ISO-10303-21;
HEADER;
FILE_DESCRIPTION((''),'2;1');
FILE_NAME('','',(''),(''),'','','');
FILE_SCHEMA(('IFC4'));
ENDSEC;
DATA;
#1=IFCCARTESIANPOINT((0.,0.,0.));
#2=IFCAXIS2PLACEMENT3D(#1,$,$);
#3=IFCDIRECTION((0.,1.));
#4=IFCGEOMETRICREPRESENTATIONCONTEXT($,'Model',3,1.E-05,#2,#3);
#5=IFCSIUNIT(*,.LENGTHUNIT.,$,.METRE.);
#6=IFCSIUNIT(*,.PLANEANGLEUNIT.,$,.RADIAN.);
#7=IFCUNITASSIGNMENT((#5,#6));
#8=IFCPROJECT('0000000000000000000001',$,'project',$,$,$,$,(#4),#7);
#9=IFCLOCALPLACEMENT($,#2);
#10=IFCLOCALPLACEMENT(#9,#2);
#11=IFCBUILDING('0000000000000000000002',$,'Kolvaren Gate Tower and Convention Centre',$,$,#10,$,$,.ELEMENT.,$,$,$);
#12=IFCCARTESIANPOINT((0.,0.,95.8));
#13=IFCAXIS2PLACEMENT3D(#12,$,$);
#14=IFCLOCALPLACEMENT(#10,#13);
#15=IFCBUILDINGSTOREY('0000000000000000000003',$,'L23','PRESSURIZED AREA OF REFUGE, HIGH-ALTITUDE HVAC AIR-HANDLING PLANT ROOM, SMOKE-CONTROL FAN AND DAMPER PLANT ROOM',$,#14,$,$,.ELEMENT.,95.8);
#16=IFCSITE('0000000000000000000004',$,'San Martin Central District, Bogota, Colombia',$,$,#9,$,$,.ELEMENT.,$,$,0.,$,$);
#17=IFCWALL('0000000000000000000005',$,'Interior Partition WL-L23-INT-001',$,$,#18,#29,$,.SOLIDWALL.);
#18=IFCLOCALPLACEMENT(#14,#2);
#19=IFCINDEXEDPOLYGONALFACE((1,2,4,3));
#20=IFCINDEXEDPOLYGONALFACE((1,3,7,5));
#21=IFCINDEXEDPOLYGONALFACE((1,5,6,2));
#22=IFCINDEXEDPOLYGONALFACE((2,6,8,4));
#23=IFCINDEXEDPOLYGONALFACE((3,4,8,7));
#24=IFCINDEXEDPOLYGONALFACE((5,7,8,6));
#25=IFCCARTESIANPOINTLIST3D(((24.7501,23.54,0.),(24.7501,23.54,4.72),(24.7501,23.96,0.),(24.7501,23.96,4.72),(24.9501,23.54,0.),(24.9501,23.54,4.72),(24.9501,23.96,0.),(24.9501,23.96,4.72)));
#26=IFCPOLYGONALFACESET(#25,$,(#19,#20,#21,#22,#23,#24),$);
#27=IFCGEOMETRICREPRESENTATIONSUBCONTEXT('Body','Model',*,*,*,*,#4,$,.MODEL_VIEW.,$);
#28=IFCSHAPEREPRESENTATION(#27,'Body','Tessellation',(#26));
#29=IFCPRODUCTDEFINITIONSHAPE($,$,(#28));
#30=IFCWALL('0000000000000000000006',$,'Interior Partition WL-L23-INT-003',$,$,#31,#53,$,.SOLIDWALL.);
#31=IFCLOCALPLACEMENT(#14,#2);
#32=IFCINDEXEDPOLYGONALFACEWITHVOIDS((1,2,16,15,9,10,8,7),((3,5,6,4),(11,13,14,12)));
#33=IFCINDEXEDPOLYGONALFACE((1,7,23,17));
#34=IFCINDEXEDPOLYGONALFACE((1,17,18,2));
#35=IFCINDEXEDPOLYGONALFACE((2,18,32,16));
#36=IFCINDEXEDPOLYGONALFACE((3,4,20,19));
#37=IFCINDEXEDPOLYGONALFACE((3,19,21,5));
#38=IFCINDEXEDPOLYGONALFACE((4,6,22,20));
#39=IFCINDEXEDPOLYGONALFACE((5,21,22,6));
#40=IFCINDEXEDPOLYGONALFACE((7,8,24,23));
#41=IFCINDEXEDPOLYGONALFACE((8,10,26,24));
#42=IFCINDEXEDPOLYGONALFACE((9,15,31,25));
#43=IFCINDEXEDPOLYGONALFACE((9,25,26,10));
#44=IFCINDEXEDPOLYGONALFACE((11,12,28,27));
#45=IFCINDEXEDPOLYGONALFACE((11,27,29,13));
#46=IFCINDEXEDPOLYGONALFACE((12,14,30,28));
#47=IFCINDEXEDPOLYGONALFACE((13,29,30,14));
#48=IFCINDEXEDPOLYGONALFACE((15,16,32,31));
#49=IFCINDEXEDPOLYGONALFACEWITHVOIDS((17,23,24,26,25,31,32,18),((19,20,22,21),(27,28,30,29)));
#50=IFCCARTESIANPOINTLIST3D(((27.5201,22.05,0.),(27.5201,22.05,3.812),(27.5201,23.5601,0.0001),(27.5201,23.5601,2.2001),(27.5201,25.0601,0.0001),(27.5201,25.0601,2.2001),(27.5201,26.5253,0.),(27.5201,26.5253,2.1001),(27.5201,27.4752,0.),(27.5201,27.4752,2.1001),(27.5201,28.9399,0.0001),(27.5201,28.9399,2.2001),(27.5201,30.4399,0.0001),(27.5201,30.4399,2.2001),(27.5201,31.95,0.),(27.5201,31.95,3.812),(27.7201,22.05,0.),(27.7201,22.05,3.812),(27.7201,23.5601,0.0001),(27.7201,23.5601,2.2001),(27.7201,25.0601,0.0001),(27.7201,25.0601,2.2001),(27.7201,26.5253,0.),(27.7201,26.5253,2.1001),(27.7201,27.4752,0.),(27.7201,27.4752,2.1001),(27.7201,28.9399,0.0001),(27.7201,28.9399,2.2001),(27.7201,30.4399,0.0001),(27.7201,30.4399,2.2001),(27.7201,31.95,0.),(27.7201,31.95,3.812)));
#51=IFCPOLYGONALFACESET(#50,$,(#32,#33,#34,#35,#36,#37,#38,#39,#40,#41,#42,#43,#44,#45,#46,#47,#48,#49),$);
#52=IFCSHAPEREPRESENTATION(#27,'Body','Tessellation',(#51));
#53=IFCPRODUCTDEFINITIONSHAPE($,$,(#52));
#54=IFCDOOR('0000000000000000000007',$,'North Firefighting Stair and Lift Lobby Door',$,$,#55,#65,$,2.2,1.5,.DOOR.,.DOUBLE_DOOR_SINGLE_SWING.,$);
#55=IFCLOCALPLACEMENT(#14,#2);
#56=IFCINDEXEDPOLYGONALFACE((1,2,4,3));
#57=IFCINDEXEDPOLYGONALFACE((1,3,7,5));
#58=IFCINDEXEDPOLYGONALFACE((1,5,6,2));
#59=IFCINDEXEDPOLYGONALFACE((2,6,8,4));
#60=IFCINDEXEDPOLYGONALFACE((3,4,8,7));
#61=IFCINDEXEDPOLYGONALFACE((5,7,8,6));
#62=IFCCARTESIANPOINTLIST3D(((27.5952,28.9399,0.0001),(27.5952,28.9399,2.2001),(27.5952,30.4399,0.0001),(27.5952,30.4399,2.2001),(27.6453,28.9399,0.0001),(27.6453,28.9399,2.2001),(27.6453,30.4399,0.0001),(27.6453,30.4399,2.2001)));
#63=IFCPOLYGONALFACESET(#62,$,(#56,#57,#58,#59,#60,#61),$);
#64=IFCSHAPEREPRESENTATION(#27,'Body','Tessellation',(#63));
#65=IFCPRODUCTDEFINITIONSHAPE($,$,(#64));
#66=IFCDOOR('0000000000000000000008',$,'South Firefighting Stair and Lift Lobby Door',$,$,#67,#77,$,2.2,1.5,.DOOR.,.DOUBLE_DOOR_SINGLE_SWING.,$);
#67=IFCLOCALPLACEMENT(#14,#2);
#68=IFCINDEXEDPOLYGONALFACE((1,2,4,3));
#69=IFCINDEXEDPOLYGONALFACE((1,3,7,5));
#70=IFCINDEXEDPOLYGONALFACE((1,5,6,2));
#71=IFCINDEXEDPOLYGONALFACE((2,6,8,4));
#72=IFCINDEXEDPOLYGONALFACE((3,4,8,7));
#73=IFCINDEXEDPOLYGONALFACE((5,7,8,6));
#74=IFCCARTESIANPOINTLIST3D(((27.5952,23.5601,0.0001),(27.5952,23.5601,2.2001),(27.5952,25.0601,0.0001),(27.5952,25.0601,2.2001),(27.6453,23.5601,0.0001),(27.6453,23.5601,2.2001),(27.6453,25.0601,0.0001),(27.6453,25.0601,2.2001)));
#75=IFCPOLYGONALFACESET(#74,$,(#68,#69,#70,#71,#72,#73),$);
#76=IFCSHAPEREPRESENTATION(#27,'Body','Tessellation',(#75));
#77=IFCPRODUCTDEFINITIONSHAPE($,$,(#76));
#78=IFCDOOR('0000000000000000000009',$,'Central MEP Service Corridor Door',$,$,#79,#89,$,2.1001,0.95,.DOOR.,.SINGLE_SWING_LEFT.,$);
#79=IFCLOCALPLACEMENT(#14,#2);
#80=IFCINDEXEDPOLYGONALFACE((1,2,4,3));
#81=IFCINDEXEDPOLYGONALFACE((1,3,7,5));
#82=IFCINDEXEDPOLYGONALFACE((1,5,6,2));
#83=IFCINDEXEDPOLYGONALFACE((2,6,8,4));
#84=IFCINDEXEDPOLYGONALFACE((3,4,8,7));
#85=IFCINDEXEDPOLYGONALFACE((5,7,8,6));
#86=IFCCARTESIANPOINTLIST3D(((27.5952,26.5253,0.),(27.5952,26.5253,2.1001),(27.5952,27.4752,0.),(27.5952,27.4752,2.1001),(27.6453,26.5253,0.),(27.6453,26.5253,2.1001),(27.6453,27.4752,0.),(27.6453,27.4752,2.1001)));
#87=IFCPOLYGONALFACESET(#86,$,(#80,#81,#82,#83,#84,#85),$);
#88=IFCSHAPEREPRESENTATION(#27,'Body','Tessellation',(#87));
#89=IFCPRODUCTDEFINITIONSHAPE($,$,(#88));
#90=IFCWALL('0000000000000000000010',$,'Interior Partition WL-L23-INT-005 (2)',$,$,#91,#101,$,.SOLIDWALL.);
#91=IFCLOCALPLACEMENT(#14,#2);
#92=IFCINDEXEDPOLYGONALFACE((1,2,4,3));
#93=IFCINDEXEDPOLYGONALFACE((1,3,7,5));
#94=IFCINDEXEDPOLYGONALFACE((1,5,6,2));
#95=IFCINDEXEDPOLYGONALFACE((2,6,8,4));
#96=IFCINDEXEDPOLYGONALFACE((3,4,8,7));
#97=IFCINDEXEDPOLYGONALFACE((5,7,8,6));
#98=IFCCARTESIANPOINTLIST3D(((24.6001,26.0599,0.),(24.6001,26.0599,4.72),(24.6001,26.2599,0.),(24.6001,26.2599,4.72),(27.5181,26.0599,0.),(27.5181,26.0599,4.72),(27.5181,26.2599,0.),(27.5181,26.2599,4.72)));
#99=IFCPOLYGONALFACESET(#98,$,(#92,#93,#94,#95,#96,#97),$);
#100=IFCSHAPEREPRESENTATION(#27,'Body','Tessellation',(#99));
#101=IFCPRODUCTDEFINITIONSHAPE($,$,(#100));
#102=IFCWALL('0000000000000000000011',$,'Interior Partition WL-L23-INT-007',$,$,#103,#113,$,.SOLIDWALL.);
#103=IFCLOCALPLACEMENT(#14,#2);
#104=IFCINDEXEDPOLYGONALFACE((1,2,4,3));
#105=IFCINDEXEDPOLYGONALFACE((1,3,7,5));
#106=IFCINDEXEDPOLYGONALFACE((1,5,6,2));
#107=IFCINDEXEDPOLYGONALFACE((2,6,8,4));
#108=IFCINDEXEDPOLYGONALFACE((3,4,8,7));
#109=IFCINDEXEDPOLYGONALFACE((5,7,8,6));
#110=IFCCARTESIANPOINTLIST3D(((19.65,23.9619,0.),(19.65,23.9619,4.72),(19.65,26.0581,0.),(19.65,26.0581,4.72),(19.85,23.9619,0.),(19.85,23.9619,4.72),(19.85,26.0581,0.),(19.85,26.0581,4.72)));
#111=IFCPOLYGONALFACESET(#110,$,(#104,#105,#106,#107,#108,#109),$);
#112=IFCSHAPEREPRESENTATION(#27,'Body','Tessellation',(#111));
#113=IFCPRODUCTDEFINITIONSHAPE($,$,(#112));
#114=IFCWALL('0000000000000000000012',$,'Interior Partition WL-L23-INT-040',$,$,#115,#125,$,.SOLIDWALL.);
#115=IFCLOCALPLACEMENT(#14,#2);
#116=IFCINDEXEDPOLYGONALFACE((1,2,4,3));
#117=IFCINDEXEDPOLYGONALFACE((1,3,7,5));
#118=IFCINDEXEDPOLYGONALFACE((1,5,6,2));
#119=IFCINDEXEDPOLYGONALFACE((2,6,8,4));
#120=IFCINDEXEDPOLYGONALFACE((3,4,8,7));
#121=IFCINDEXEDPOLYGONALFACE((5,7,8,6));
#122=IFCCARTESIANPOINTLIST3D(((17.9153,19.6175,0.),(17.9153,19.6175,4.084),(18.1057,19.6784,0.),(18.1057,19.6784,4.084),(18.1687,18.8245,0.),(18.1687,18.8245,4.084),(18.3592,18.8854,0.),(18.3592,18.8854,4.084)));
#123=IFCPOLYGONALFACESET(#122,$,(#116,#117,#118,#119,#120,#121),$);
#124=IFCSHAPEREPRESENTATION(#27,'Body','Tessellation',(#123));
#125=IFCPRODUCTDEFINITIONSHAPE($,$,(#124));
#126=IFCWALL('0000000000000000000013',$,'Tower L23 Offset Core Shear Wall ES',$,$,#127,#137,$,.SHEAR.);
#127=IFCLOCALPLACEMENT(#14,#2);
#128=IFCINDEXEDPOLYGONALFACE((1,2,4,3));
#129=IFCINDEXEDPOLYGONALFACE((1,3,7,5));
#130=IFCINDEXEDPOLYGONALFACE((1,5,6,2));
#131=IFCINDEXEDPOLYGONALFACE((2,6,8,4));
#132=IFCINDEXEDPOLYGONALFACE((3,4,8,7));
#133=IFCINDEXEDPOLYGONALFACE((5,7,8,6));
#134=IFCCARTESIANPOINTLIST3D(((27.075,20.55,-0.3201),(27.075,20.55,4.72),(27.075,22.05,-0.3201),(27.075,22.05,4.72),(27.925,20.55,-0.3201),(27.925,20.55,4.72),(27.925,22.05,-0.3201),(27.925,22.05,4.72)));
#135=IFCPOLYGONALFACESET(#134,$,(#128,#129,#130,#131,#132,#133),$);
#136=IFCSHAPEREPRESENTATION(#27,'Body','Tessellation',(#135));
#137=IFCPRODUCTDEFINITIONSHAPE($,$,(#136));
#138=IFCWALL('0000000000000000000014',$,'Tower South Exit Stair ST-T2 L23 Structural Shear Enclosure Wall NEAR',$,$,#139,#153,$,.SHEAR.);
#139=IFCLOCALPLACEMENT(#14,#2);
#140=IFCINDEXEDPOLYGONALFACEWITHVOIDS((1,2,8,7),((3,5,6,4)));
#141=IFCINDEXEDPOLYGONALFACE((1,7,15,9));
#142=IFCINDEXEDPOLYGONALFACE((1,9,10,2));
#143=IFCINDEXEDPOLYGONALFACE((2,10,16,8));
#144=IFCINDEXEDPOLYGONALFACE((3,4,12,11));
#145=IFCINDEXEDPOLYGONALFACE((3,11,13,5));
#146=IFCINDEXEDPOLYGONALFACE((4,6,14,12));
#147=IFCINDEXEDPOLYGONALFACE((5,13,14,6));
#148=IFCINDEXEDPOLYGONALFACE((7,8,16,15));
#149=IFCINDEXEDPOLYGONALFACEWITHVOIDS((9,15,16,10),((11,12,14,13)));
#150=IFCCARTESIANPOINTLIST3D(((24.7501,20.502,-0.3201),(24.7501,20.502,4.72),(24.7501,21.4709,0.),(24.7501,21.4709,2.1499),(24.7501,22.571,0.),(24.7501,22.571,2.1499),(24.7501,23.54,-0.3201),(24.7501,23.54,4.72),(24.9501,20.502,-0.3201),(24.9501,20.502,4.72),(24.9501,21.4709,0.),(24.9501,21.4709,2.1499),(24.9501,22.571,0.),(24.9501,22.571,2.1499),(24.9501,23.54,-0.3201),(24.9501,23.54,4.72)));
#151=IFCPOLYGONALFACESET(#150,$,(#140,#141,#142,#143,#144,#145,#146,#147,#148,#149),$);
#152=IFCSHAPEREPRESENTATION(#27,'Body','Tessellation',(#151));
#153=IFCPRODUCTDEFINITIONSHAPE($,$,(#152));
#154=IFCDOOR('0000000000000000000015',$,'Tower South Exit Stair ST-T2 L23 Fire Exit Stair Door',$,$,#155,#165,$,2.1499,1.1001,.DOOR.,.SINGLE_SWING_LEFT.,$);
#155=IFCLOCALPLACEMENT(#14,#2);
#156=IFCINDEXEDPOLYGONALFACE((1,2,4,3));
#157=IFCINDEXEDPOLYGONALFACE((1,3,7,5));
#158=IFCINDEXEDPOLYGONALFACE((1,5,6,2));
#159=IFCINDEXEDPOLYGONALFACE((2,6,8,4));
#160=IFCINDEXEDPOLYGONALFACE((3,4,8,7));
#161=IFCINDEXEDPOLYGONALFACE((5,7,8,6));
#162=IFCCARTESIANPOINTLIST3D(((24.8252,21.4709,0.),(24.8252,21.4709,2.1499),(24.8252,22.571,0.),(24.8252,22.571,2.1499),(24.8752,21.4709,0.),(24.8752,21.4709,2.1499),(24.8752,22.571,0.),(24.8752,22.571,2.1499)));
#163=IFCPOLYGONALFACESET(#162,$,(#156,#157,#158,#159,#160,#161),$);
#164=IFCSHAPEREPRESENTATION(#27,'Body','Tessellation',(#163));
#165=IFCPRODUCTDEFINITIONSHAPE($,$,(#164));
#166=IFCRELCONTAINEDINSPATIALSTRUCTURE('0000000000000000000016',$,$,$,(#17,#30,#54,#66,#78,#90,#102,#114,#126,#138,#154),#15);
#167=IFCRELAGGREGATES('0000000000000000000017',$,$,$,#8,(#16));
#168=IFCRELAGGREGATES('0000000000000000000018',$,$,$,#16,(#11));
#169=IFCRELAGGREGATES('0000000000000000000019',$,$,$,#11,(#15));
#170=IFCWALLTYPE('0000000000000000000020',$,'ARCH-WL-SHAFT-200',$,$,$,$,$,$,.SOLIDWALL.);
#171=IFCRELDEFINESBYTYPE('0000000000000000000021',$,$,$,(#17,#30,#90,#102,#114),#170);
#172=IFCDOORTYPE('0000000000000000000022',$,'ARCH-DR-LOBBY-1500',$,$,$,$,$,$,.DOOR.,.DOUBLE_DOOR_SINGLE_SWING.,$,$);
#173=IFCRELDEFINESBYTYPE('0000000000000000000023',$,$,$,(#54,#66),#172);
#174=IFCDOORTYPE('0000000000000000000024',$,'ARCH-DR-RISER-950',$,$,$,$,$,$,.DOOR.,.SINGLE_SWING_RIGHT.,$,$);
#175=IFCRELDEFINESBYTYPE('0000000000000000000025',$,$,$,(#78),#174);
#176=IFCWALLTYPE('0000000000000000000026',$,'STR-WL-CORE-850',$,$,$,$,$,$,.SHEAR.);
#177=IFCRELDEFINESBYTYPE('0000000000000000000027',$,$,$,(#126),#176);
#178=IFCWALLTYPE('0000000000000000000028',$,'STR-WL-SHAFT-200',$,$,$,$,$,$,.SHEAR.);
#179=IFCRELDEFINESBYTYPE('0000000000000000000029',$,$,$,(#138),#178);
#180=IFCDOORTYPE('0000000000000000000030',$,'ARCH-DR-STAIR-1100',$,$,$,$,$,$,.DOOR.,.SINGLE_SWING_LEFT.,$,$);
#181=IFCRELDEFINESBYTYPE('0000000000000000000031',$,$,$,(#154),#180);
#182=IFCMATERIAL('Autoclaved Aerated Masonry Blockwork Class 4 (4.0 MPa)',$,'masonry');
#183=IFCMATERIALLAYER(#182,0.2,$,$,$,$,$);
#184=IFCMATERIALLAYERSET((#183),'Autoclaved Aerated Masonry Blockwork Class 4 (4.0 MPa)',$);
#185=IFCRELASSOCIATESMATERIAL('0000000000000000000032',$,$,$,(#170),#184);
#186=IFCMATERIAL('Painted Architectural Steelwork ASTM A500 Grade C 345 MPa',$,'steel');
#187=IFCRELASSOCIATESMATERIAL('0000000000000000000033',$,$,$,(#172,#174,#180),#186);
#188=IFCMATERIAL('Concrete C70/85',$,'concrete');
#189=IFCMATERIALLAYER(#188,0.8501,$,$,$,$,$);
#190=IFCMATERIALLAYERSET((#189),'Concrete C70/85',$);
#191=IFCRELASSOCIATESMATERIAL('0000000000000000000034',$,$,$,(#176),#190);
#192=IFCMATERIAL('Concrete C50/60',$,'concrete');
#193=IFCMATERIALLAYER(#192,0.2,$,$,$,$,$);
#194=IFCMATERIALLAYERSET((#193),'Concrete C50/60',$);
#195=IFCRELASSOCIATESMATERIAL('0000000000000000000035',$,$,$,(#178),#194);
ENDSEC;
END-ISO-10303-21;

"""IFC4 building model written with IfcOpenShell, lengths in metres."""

from ifc_helpers import new_model, si_unit, direction, frame, frame_2d, origin, place, context, subcontext, project, spatial, rectangle, extrude, material, layer, layer_set, type_object, element, fill, save


model = new_model("IFC4")

# Units and contexts
model_context = context("Model", 3, precision=1e-05, world=origin(), true_north=direction((0.0, 1.0)))
body_context = subcontext(model_context, "Body", "Model", "MODEL_VIEW")
ifc_project = project(units=[si_unit("LENGTHUNIT", "METRE"), si_unit("PLANEANGLEUNIT", "RADIAN")], contexts=[model_context])

# Site, building, storey
site_placement = place(None, origin())
site = spatial("IfcSite", under=ifc_project, at=site_placement, Name="San Martin Central District, Bogota, Colombia", CompositionType="ELEMENT", RefElevation=0.0)
building_placement = place(site_placement, origin())
building = spatial("IfcBuilding", under=site, at=building_placement, Name="Kolvaren Gate Tower and Convention Centre", CompositionType="ELEMENT")
storey_placement = place(building_placement, frame((0.0, 0.0, 95.8)))
storey = spatial("IfcBuildingStorey", under=building, at=storey_placement, Name="L23", Description="PRESSURIZED AREA OF REFUGE, HIGH-ALTITUDE HVAC AIR-HANDLING PLANT ROOM, SMOKE-CONTROL FAN AND DAMPER PLANT ROOM", CompositionType="ELEMENT", Elevation=95.8)

# Shared definitions
ifc_material_1 = material(Name="Concrete C70/85", Category="concrete")

# Shared definitions
ifc_material_2 = material(Name="Autoclaved Aerated Masonry Blockwork Class 4 (4.0 MPa)", Category="masonry")
ifc_layer_1 = layer(ifc_material_2, 0.2)
ifc_layer_set_1 = layer_set([ifc_layer_1], Name="Autoclaved Aerated Masonry Blockwork Class 4 (4.0 MPa)")
wall_type_1 = type_object("IfcWallType", Name="ARCH-WL-SHAFT-200", PredefinedType="SOLIDWALL", material=ifc_layer_set_1)

# Wall
wall_1_placement = place(storey_placement, frame((24.8501, 23.54, 0.0), z_axis=(0.0, 0.0, 1.0), x_axis=(0.0, 1.0, 0.0)))
element("IfcWall", 1, at=wall_1_placement, inside=storey, type_object=wall_type_1, Name="Interior Partition WL-L23-INT-001", PredefinedType="SOLIDWALL", context=body_context, shape_type="SweptSolid", body=[
    extrude(rectangle(XDim=0.4199, YDim=0.2, at=frame_2d((0.21, 0.0))), origin(), (0.0, 0.0, 1.0), 4.72),
])

# Wall, openings, doors
wall_2_placement = place(storey_placement, frame((27.6201, 22.05, 0.0), z_axis=(0.0, 0.0, 1.0), x_axis=(0.0, 1.0, 0.0)))
wall_2 = element("IfcWall", 2, at=wall_2_placement, inside=storey, type_object=wall_type_1, Name="Interior Partition WL-L23-INT-003", PredefinedType="SOLIDWALL", context=body_context, shape_type="SweptSolid", body=[
    extrude(rectangle(XDim=9.8999, YDim=0.2, at=frame_2d((4.95, 0.0))), origin(), (0.0, 0.0, 1.0), 3.812),
])
opening_1_placement = place(wall_2_placement, frame((4.4751, 0.0, 0.0)))
opening_1 = element("IfcOpeningElement", 3, at=opening_1_placement, cuts=wall_2, PredefinedType="OPENING", context=body_context, shape_type="SweptSolid", body=[
    extrude(rectangle(XDim=0.95, YDim=2.1001, at=frame_2d((0.4751, 1.05))), frame((0.0, 0.1099, 0.0), z_axis=(0.0, -1.0, 0.0), x_axis=(1.0, 0.0, 0.0)), (0.0, 0.0, 1.0), 0.22),
])
opening_2_placement = place(wall_2_placement, frame((6.8899, 0.0, 0.0)))
opening_2 = element("IfcOpeningElement", 4, at=opening_2_placement, cuts=wall_2, PredefinedType="OPENING", context=body_context, shape_type="SweptSolid", body=[
    extrude(rectangle(XDim=1.5, YDim=2.2, at=frame_2d((0.75, 1.1001))), frame((0.0, 0.1099, 0.0), z_axis=(0.0, -1.0, 0.0), x_axis=(1.0, 0.0, 0.0)), (0.0, 0.0, 1.0), 0.22),
])
opening_3_placement = place(wall_2_placement, frame((1.51, 0.0, 0.0)))
opening_3 = element("IfcOpeningElement", 5, at=opening_3_placement, cuts=wall_2, PredefinedType="OPENING", context=body_context, shape_type="SweptSolid", body=[
    extrude(rectangle(XDim=1.5, YDim=2.2, at=frame_2d((0.75, 1.1001))), frame((0.0, 0.1099, 0.0), z_axis=(0.0, -1.0, 0.0), x_axis=(1.0, 0.0, 0.0)), (0.0, 0.0, 1.0), 0.22),
])
ifc_material_3 = material(Name="Painted Architectural Steelwork ASTM A500 Grade C 345 MPa", Category="steel")
door_type_1 = type_object("IfcDoorType", Name="ARCH-DR-LOBBY-1500", OperationType="DOUBLE_DOOR_SINGLE_SWING", PredefinedType="DOOR", material=ifc_material_3)
door_1_placement = place(opening_2_placement, origin())
door_1 = element("IfcDoor", 6, at=door_1_placement, inside=storey, type_object=door_type_1, Name="North Firefighting Stair and Lift Lobby Door", OperationType="DOUBLE_DOOR_SINGLE_SWING", OverallHeight=2.2, OverallWidth=1.5, PredefinedType="DOOR", context=body_context, shape_type="SweptSolid", body=[
    extrude(rectangle(XDim=1.5, YDim=2.2, at=frame_2d((0.75, 1.1001))), frame((0.0, 0.0249, 0.0), z_axis=(0.0, -1.0, 0.0), x_axis=(1.0, 0.0, 0.0)), (0.0, 0.0, 1.0), 0.05),
])
fill(opening_2, door_1)
door_2_placement = place(opening_3_placement, origin())
door_2 = element("IfcDoor", 7, at=door_2_placement, inside=storey, type_object=door_type_1, Name="South Firefighting Stair and Lift Lobby Door", OperationType="DOUBLE_DOOR_SINGLE_SWING", OverallHeight=2.2, OverallWidth=1.5, PredefinedType="DOOR", context=body_context, shape_type="SweptSolid", body=[
    extrude(rectangle(XDim=1.5, YDim=2.2, at=frame_2d((0.75, 1.1001))), frame((0.0, 0.0249, 0.0), z_axis=(0.0, -1.0, 0.0), x_axis=(1.0, 0.0, 0.0)), (0.0, 0.0, 1.0), 0.05),
])
fill(opening_3, door_2)
door_type_2 = type_object("IfcDoorType", Name="ARCH-DR-RISER-950", OperationType="SINGLE_SWING_RIGHT", PredefinedType="DOOR", material=ifc_material_3)
door_3_placement = place(opening_1_placement, origin())
door_3 = element("IfcDoor", 8, at=door_3_placement, inside=storey, type_object=door_type_2, Name="Central MEP Service Corridor Door", OperationType="SINGLE_SWING_LEFT", OverallHeight=2.1001, OverallWidth=0.95, PredefinedType="DOOR", context=body_context, shape_type="SweptSolid", body=[
    extrude(rectangle(XDim=0.95, YDim=2.1001, at=frame_2d((0.4751, 1.05))), frame((0.0, 0.0249, 0.0), z_axis=(0.0, -1.0, 0.0), x_axis=(1.0, 0.0, 0.0)), (0.0, 0.0, 1.0), 0.05),
])
fill(opening_1, door_3)

# Walls
wall_3_placement = place(storey_placement, frame((24.6001, 26.1599, 0.0), z_axis=(0.0, 0.0, 1.0), x_axis=(1.0, 0.0, 0.0)))
element("IfcWall", 9, at=wall_3_placement, inside=storey, type_object=wall_type_1, Name="Interior Partition WL-L23-INT-005 (2)", PredefinedType="SOLIDWALL", context=body_context, shape_type="SweptSolid", body=[
    extrude(rectangle(XDim=2.918, YDim=0.2, at=frame_2d((1.459, 0.0))), origin(), (0.0, 0.0, 1.0), 4.72),
])
wall_4_placement = place(storey_placement, frame((19.75, 23.9619, 0.0), z_axis=(0.0, 0.0, 1.0), x_axis=(0.0, 1.0, 0.0)))
element("IfcWall", 10, at=wall_4_placement, inside=storey, type_object=wall_type_1, Name="Interior Partition WL-L23-INT-007", PredefinedType="SOLIDWALL", context=body_context, shape_type="SweptSolid", body=[
    extrude(rectangle(XDim=2.0962, YDim=0.2, at=frame_2d((1.0481, 0.0))), origin(), (0.0, 0.0, 1.0), 4.72),
])
wall_5_placement = place(storey_placement, frame((18.0105, 19.6479, 0.0), z_axis=(0.0, 0.0, 1.0), x_axis=(0.304414, -0.95254, 0.0)))
element("IfcWall", 11, at=wall_5_placement, inside=storey, type_object=wall_type_1, Name="Interior Partition WL-L23-INT-040", PredefinedType="SOLIDWALL", context=body_context, shape_type="SweptSolid", body=[
    extrude(rectangle(XDim=0.8325, YDim=0.2, at=frame_2d((0.4163, 0.0))), origin(), (0.0, 0.0, 1.0), 4.084),
])
ifc_layer_2 = layer(ifc_material_1, 0.8501)
ifc_layer_set_2 = layer_set([ifc_layer_2], Name="Concrete C70/85")
wall_type_2 = type_object("IfcWallType", Name="STR-WL-CORE-850", PredefinedType="SHEAR", material=ifc_layer_set_2)
wall_6_placement = place(storey_placement, frame((27.5, 20.55, -0.3201), z_axis=(0.0, 0.0, 1.0), x_axis=(0.0, 1.0, 0.0)))
element("IfcWall", 12, at=wall_6_placement, inside=storey, type_object=wall_type_2, Name="Tower L23 Offset Core Shear Wall ES", PredefinedType="SHEAR", context=body_context, shape_type="SweptSolid", body=[
    extrude(rectangle(XDim=1.5, YDim=0.8501, at=frame_2d((0.75, 0.0))), origin(), (0.0, 0.0, 1.0), 5.04),
])

# Wall, opening, door
ifc_material_4 = material(Name="Concrete C50/60", Category="concrete")
ifc_layer_3 = layer(ifc_material_4, 0.2)
ifc_layer_set_3 = layer_set([ifc_layer_3], Name="Concrete C50/60")
wall_type_3 = type_object("IfcWallType", Name="STR-WL-SHAFT-200", PredefinedType="SHEAR", material=ifc_layer_set_3)
wall_7_placement = place(storey_placement, frame((24.8501, 20.502, -0.3201), z_axis=(0.0, 0.0, 1.0), x_axis=(0.0, 1.0, 0.0)))
wall_7 = element("IfcWall", 13, at=wall_7_placement, inside=storey, type_object=wall_type_3, Name="Tower South Exit Stair ST-T2 L23 Structural Shear Enclosure Wall NEAR", PredefinedType="SHEAR", context=body_context, shape_type="SweptSolid", body=[
    extrude(rectangle(XDim=3.0381, YDim=0.2, at=frame_2d((1.519, 0.0))), origin(), (0.0, 0.0, 1.0), 5.04),
])
opening_4_placement = place(wall_7_placement, frame((0.969, 0.0, 0.3201)))
opening_4 = element("IfcOpeningElement", 14, at=opening_4_placement, cuts=wall_7, PredefinedType="OPENING", context=body_context, shape_type="SweptSolid", body=[
    extrude(rectangle(XDim=1.1001, YDim=2.1499, at=frame_2d((0.55, 1.075))), frame((0.0, 0.1099, 0.0), z_axis=(0.0, -1.0, 0.0), x_axis=(1.0, 0.0, 0.0)), (0.0, 0.0, 1.0), 0.22),
])
door_type_3 = type_object("IfcDoorType", Name="ARCH-DR-STAIR-1100", OperationType="SINGLE_SWING_LEFT", PredefinedType="DOOR", material=ifc_material_3)
door_4_placement = place(opening_4_placement, origin())
door_4 = element("IfcDoor", 15, at=door_4_placement, inside=storey, type_object=door_type_3, Name="Tower South Exit Stair ST-T2 L23 Fire Exit Stair Door", OperationType="SINGLE_SWING_LEFT", OverallHeight=2.1499, OverallWidth=1.1001, PredefinedType="DOOR", context=body_context, shape_type="SweptSolid", body=[
    extrude(rectangle(XDim=1.1001, YDim=2.1499, at=frame_2d((0.55, 1.075))), frame((0.0, 0.0249, 0.0), z_axis=(0.0, -1.0, 0.0), x_axis=(1.0, 0.0, 0.0)), (0.0, 0.0, 1.0), 0.05),
])
fill(opening_4, door_4)

save(model, "model.ifc")
